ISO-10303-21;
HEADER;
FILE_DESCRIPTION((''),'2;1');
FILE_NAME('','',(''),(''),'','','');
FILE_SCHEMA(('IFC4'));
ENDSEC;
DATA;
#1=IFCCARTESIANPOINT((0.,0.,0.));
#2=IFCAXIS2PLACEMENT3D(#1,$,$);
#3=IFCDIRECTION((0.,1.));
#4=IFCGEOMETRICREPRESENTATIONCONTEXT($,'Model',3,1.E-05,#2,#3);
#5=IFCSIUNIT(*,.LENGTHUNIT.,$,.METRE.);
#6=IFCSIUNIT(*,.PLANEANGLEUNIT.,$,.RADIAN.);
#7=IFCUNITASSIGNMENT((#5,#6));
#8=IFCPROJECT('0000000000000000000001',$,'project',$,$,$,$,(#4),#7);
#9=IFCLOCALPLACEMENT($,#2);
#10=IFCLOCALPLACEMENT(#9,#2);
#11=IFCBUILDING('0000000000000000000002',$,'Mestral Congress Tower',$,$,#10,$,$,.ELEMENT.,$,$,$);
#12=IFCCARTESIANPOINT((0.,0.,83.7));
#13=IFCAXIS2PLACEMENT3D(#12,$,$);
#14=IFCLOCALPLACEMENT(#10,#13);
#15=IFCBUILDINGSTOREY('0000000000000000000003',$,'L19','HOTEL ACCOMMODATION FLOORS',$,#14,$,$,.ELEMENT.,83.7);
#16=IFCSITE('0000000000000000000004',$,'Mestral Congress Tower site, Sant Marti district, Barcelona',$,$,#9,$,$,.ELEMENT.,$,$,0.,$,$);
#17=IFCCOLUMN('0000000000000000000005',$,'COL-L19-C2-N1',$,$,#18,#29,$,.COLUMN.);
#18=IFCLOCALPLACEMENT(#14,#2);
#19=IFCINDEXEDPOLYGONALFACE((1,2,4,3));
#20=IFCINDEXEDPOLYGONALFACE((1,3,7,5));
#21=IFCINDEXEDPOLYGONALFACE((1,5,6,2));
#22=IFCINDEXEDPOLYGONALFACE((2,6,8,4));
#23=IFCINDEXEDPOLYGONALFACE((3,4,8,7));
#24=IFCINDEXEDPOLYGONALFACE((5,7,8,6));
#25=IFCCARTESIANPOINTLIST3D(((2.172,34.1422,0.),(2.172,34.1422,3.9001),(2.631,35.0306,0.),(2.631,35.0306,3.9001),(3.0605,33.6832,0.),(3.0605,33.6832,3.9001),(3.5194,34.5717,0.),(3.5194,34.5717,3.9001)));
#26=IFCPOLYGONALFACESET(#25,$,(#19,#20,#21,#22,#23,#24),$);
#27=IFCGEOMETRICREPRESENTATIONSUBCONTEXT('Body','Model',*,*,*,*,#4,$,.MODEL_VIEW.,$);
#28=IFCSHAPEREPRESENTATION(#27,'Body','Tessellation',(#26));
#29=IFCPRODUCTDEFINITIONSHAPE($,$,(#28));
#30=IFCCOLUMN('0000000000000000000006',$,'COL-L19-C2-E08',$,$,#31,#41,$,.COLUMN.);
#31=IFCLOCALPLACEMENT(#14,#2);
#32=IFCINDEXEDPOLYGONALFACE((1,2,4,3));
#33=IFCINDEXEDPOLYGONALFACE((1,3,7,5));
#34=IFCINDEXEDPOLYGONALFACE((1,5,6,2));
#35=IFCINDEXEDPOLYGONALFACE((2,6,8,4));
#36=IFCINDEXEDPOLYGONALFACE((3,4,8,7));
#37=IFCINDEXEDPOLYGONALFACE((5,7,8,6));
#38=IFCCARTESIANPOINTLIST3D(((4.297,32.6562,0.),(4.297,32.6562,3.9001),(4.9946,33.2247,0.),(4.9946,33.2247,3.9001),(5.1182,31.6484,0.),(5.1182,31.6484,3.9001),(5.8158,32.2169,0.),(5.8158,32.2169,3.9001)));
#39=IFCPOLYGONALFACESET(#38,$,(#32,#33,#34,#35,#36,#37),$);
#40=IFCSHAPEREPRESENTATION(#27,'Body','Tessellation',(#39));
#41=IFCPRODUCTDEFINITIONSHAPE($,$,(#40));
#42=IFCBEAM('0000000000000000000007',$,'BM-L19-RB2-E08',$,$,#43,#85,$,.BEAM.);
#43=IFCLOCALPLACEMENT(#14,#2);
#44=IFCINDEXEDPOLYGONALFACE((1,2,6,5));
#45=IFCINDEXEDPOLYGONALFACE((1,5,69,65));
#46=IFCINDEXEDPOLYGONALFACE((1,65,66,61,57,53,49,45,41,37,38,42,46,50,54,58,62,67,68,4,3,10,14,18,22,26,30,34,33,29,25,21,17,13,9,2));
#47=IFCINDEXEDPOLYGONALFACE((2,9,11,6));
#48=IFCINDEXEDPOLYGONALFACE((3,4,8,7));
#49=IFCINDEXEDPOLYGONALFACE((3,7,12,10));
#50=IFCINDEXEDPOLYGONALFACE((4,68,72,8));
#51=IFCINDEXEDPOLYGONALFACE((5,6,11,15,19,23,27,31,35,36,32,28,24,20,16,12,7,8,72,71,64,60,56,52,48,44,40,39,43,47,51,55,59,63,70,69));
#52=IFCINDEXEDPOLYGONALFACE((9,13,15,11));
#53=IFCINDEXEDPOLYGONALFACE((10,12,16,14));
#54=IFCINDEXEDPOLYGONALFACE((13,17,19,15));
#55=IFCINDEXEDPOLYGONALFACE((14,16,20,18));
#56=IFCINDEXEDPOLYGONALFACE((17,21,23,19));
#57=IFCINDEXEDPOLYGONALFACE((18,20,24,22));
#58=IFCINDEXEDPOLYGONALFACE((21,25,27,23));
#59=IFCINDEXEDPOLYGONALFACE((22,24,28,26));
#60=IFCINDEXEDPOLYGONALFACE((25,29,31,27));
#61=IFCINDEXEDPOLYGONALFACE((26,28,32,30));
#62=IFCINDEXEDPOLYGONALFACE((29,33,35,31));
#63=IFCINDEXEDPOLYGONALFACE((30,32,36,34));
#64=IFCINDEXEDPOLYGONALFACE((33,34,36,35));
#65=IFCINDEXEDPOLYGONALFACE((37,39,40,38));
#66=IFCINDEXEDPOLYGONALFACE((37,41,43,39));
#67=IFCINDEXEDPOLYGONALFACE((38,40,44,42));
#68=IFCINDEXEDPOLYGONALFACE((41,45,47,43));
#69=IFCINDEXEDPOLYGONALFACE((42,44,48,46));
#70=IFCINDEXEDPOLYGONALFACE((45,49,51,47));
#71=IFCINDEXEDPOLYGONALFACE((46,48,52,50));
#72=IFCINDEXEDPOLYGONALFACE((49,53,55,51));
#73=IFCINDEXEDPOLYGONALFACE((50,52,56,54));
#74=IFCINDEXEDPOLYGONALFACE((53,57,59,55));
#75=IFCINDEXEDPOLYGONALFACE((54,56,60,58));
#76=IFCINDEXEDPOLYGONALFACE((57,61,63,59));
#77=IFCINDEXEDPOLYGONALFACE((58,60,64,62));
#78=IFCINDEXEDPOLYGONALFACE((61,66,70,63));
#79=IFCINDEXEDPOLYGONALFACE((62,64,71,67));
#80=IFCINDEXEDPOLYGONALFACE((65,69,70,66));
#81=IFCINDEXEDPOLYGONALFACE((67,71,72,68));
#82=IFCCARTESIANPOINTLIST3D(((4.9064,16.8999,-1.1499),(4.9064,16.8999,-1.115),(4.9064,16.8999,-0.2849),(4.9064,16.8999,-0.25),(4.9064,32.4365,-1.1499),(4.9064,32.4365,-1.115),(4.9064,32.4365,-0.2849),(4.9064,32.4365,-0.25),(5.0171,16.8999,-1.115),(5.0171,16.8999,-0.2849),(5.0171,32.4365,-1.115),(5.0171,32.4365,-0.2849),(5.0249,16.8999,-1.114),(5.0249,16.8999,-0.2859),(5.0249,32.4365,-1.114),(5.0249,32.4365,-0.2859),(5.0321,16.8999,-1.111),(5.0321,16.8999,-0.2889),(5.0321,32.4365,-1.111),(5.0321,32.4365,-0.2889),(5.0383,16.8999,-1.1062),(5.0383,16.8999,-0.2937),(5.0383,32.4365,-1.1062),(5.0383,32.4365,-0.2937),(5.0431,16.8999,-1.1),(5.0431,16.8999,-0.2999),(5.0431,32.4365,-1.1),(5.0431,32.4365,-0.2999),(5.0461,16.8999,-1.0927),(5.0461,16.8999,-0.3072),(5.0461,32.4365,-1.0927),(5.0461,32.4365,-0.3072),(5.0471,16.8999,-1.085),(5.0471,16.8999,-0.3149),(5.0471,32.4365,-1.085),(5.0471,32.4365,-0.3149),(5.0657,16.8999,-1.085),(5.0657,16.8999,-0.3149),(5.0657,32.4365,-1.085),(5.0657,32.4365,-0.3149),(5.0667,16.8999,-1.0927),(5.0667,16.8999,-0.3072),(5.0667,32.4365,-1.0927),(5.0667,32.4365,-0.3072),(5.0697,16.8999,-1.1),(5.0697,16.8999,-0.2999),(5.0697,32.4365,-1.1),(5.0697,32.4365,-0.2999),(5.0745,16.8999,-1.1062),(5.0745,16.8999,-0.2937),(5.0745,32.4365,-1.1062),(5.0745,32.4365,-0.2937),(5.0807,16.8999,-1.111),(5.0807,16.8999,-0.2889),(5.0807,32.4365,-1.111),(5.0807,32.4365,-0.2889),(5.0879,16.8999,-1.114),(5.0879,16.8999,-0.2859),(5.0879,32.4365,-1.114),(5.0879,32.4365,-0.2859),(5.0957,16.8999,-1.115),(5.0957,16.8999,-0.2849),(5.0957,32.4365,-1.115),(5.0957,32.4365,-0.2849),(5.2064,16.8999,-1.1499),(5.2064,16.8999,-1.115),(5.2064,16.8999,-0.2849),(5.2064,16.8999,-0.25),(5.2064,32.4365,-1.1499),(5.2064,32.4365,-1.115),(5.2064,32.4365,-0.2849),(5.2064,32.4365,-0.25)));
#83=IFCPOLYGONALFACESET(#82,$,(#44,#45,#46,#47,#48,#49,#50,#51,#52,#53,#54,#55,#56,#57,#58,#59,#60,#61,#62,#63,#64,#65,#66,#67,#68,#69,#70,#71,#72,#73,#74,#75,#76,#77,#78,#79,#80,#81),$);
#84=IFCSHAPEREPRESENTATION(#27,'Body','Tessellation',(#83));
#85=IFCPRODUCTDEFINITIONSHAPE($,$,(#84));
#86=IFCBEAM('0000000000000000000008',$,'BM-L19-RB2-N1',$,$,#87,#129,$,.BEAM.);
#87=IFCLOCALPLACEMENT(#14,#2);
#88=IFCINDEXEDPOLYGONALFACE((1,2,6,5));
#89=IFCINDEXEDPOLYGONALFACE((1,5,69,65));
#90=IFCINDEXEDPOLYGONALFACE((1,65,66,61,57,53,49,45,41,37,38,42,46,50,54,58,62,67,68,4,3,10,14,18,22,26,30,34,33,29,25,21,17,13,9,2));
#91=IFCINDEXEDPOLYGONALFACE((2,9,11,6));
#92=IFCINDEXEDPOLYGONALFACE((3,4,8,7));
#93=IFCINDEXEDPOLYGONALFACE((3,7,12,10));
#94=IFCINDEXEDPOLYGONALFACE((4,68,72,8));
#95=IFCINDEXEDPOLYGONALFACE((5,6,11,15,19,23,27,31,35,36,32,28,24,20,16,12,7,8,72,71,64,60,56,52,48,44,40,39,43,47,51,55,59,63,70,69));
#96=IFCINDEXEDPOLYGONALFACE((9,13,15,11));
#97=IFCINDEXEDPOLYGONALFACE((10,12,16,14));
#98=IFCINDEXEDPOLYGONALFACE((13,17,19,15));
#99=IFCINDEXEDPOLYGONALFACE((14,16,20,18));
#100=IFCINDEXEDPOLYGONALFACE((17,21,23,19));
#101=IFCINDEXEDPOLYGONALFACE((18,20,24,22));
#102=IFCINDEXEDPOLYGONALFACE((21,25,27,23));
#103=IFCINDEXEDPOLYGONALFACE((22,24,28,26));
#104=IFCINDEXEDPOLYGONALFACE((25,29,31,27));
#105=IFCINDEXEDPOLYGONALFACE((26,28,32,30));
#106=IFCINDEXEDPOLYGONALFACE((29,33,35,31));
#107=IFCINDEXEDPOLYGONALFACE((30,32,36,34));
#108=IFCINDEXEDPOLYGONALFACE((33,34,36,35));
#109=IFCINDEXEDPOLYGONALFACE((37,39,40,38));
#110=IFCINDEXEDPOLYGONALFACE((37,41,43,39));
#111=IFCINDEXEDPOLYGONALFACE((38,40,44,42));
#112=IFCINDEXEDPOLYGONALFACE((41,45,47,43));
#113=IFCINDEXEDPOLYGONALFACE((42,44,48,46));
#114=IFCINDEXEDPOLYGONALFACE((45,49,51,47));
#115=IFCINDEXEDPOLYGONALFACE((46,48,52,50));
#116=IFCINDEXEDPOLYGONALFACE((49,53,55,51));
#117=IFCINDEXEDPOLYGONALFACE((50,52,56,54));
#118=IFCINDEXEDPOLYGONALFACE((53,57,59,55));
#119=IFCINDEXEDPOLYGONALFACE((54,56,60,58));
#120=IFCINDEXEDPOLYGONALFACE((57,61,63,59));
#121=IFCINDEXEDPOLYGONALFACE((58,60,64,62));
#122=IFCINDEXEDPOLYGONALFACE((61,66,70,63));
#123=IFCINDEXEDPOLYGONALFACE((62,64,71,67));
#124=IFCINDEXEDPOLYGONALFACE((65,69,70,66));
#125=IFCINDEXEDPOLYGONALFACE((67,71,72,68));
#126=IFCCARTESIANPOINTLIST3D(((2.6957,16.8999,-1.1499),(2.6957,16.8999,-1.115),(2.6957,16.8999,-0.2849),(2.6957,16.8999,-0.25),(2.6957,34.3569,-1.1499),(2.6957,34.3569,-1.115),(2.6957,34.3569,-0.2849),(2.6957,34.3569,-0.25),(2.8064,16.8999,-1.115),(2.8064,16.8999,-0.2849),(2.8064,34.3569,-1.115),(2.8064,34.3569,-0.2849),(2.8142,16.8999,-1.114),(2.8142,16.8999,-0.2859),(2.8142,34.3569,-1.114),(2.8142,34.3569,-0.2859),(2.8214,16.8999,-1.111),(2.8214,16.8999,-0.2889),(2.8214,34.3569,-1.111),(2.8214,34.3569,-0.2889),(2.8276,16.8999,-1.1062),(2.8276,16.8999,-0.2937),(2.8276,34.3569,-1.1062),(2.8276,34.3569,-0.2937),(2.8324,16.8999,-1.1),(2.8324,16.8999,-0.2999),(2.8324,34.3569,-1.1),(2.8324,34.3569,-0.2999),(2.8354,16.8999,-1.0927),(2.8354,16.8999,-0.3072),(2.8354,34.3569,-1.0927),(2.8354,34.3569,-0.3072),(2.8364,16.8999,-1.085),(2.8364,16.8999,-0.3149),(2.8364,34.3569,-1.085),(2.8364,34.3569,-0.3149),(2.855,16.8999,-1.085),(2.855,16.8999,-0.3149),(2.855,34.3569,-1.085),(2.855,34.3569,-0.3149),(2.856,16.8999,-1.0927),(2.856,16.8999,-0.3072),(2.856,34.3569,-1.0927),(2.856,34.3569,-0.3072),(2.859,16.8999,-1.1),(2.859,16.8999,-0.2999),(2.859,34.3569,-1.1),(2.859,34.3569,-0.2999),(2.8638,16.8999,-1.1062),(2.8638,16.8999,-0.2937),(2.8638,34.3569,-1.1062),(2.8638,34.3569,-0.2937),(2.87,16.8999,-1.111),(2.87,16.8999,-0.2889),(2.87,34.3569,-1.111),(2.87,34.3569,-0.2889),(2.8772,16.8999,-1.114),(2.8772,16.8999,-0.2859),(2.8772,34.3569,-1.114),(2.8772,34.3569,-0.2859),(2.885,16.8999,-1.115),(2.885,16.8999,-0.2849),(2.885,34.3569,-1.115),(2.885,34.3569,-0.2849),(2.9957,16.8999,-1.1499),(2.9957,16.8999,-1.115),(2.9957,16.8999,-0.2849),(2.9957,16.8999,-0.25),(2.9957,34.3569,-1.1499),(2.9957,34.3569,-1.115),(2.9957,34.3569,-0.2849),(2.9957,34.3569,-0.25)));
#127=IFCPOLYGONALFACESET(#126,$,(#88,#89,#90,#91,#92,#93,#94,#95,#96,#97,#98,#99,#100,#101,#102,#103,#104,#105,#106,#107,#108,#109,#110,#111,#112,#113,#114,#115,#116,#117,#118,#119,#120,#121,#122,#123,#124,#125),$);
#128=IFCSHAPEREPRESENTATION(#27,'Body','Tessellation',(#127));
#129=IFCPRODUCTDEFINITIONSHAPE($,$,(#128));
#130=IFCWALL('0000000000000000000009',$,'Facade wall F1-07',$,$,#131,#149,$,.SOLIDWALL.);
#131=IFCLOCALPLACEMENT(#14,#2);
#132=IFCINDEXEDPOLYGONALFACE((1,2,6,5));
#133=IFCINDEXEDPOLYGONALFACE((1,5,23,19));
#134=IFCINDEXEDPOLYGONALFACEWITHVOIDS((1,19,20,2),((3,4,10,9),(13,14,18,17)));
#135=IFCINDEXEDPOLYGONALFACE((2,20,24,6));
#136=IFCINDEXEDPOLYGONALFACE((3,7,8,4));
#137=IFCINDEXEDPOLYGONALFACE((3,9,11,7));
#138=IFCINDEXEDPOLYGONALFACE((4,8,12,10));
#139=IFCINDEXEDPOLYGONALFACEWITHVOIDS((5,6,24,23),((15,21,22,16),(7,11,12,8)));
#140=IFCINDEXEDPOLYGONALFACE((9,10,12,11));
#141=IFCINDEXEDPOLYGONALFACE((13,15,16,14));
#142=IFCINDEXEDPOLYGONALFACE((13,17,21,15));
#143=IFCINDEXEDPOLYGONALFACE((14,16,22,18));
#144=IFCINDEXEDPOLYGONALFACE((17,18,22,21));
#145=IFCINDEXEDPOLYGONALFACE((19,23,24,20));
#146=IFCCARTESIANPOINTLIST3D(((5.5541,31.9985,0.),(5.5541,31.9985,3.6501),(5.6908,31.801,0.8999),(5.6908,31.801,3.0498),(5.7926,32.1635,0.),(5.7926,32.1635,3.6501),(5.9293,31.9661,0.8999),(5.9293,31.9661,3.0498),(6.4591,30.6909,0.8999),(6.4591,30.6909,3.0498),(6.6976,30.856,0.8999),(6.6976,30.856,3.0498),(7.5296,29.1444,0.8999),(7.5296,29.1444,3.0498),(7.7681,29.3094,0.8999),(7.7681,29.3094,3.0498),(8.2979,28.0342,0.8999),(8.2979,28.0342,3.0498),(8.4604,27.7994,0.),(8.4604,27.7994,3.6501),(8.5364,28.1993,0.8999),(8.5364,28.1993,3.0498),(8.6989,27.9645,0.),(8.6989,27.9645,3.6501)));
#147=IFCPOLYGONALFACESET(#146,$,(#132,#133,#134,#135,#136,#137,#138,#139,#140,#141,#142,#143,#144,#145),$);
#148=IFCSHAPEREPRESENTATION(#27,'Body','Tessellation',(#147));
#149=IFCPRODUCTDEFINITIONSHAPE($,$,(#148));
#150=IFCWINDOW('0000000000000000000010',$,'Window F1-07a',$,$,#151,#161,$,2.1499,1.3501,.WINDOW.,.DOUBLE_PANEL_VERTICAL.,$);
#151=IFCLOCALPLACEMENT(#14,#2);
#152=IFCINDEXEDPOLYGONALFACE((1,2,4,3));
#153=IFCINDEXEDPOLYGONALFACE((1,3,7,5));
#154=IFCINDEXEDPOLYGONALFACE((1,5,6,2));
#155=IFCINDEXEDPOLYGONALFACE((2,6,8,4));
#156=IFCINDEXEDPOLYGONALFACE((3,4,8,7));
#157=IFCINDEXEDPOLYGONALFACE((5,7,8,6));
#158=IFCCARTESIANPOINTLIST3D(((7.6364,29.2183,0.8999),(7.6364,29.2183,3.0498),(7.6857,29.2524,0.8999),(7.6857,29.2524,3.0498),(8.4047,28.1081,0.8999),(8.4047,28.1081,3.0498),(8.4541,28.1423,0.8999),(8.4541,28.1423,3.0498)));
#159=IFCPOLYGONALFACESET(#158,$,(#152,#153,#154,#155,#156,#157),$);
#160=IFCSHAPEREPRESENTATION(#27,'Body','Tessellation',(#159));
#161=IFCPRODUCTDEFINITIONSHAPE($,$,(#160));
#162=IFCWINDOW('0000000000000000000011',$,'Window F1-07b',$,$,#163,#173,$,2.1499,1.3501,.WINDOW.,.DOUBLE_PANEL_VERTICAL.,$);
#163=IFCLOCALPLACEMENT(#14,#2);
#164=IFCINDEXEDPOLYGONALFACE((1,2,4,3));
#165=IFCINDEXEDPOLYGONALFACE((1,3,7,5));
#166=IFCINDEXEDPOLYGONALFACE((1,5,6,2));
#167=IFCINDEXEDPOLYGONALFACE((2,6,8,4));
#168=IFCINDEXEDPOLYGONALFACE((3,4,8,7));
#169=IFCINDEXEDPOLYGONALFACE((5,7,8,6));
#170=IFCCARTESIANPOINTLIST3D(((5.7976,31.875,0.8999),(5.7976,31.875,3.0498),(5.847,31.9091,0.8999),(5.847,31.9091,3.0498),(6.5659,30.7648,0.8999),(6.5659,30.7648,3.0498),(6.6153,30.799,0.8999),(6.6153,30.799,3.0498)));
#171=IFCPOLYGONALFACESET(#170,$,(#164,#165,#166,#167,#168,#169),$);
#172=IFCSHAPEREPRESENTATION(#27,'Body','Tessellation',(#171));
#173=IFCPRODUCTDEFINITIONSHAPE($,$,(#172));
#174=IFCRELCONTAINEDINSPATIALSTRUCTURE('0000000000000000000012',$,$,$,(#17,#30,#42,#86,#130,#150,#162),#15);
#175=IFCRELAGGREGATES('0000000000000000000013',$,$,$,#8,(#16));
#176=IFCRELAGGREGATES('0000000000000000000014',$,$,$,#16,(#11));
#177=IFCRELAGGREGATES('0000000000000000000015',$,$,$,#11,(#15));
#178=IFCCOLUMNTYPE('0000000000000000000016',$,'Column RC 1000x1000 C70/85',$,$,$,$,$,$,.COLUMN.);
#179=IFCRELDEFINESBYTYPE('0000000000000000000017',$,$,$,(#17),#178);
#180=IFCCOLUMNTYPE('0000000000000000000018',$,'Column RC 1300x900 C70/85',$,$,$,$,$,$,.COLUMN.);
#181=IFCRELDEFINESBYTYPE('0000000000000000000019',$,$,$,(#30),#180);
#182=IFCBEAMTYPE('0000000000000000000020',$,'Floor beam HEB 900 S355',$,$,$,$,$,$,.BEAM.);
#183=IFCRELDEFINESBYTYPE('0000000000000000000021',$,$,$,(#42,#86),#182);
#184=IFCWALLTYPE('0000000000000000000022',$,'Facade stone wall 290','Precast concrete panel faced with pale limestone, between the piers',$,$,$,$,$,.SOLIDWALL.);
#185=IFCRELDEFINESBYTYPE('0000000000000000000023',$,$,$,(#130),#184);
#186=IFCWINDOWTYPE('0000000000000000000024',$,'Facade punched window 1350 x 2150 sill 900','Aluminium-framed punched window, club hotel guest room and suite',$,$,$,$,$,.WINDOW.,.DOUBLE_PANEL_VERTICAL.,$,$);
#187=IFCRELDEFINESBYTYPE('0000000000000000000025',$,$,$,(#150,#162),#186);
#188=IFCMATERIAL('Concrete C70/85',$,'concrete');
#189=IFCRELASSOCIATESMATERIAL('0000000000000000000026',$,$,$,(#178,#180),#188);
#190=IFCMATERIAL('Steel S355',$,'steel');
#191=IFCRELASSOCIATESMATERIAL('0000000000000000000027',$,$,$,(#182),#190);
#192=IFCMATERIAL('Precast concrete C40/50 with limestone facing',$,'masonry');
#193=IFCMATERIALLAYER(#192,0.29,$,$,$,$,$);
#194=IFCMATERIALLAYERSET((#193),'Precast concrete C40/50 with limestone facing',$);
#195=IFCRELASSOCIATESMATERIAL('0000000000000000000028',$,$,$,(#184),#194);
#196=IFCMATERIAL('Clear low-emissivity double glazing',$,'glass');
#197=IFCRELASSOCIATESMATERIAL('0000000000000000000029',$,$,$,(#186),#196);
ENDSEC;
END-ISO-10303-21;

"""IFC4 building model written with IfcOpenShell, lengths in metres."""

from ifc_helpers import new_model, si_unit, direction, frame, frame_2d, origin, origin_2d, place, context, subcontext, project, spatial, rectangle, i_section, extrude, material, layer, layer_set, material_profile, profile_set, type_object, element, fill, save


model = new_model("IFC4")

# Units and contexts
model_context = context("Model", 3, precision=1e-05, world=origin(), true_north=direction((0.0, 1.0)))
body_context = subcontext(model_context, "Body", "Model", "MODEL_VIEW")
ifc_project = project(units=[si_unit("LENGTHUNIT", "METRE"), si_unit("PLANEANGLEUNIT", "RADIAN")], contexts=[model_context])

# Site, building, storey
site_placement = place(None, origin())
site = spatial("IfcSite", under=ifc_project, at=site_placement, Name="Mestral Congress Tower site, Sant Marti district, Barcelona", CompositionType="ELEMENT", RefElevation=0.0)
building_placement = place(site_placement, origin())
building = spatial("IfcBuilding", under=site, at=building_placement, Name="Mestral Congress Tower", CompositionType="ELEMENT")
storey_placement = place(building_placement, frame((0.0, 0.0, 83.7)))
storey = spatial("IfcBuildingStorey", under=building, at=storey_placement, Name="L19", Description="HOTEL ACCOMMODATION FLOORS", CompositionType="ELEMENT", Elevation=83.7)

# Columns
ifc_material_1 = material(Name="Concrete C70/85", Category="concrete")
ifc_material_profile_1 = material_profile(ifc_material_1, rectangle(XDim=1.0, YDim=1.0, at=origin_2d()), Name="RC 1000x1000")
ifc_profile_set_1 = profile_set([ifc_material_profile_1], Name="Concrete C70/85")
column_type_1 = type_object("IfcColumnType", Name="Column RC 1000x1000 C70/85", PredefinedType="COLUMN", material=ifc_profile_set_1)
column_1_placement = place(storey_placement, frame((2.8457, 34.3569, 0.0), z_axis=(0.0, 0.0, 1.0), x_axis=(-0.888456, 0.458961, 0.0)))
element("IfcColumn", 1, at=column_1_placement, inside=storey, type_object=column_type_1, Name="COL-L19-C2-N1", PredefinedType="COLUMN", context=body_context, shape_type="SweptSolid", body=[
    extrude(rectangle(XDim=1.0, YDim=1.0, at=origin_2d()), origin(), (0.0, 0.0, 1.0), 3.9001),
])
ifc_material_profile_2 = material_profile(ifc_material_1, rectangle(XDim=1.3, YDim=0.8999, at=origin_2d()), Name="RC 1300x900")
ifc_profile_set_2 = profile_set([ifc_material_profile_2], Name="Concrete C70/85")
column_type_2 = type_object("IfcColumnType", Name="Column RC 1300x900 C70/85", PredefinedType="COLUMN", material=ifc_profile_set_2)
column_2_placement = place(storey_placement, frame((5.0564, 32.4365, 0.0), z_axis=(0.0, 0.0, 1.0), x_axis=(-0.631709, 0.775206, 0.0)))
element("IfcColumn", 2, at=column_2_placement, inside=storey, type_object=column_type_2, Name="COL-L19-C2-E08", PredefinedType="COLUMN", context=body_context, shape_type="SweptSolid", body=[
    extrude(rectangle(XDim=1.3, YDim=0.8999, at=origin_2d()), origin(), (0.0, 0.0, 1.0), 3.9001),
])

# Beams
ifc_material_2 = material(Name="Steel S355", Category="steel")
ifc_material_profile_3 = material_profile(ifc_material_2, i_section(OverallWidth=0.3, OverallDepth=0.8999, WebThickness=0.0186, FlangeThickness=0.0349, FilletRadius=0.03, at=origin_2d()), Name="HEB 900")
ifc_profile_set_3 = profile_set([ifc_material_profile_3], Name="Steel S355")
beam_type = type_object("IfcBeamType", Name="Floor beam HEB 900 S355", PredefinedType="BEAM", material=ifc_profile_set_3)
beam_1_placement = place(storey_placement, frame((5.0564, 32.4365, -0.7), z_axis=(0.0, -1.0, 0.0), x_axis=(1.0, 0.0, 0.0)))
element("IfcBeam", 3, at=beam_1_placement, inside=storey, type_object=beam_type, Name="BM-L19-RB2-E08", PredefinedType="BEAM", context=body_context, shape_type="SweptSolid", body=[
    extrude(i_section(OverallWidth=0.3, OverallDepth=0.8999, WebThickness=0.0186, FlangeThickness=0.0349, FilletRadius=0.03, at=origin_2d()), origin(), (0.0, 0.0, 1.0), 15.5366),
])
beam_2_placement = place(storey_placement, frame((2.8457, 34.3569, -0.7), z_axis=(0.0, -1.0, 0.0), x_axis=(1.0, 0.0, 0.0)))
element("IfcBeam", 4, at=beam_2_placement, inside=storey, type_object=beam_type, Name="BM-L19-RB2-N1", PredefinedType="BEAM", context=body_context, shape_type="SweptSolid", body=[
    extrude(i_section(OverallWidth=0.3, OverallDepth=0.8999, WebThickness=0.0186, FlangeThickness=0.0349, FilletRadius=0.03, at=origin_2d()), origin(), (0.0, 0.0, 1.0), 17.457),
])

# Wall, openings, windows
ifc_material_3 = material(Name="Precast concrete C40/50 with limestone facing", Category="masonry")
ifc_layer_1 = layer(ifc_material_3, 0.29)
ifc_layer_set_1 = layer_set([ifc_layer_1], Name="Precast concrete C40/50 with limestone facing")
wall_type_1 = type_object("IfcWallType", Name="Facade stone wall 290", Description="Precast concrete panel faced with pale limestone, between the piers", PredefinedType="SOLIDWALL", material=ifc_layer_set_1)
wall_1_placement = place(storey_placement, frame((8.5796, 27.8821, 0.0), z_axis=(0.0, 0.0, 1.0), x_axis=(-0.569113, 0.822259, 0.0)))
wall_1 = element("IfcWall", 5, at=wall_1_placement, inside=storey, type_object=wall_type_1, Name="Facade wall F1-07", PredefinedType="SOLIDWALL", context=body_context, shape_type="SweptSolid", body=[
    extrude(rectangle(XDim=5.1067, YDim=0.29, at=frame_2d((2.5532, 0.0))), origin(), (0.0, 0.0, 1.0), 3.6501),
])
opening_1_placement = place(wall_1_placement, frame((0.2854, 0.0, 0.8999)))
opening_1 = element("IfcOpeningElement", 6, at=opening_1_placement, cuts=wall_1, PredefinedType="OPENING", context=body_context, shape_type="SweptSolid", body=[
    extrude(rectangle(XDim=1.3501, YDim=2.1499, at=frame_2d((0.675, 1.075))), frame((0.0, 0.155, 0.0), z_axis=(0.0, -1.0, 0.0), x_axis=(1.0, 0.0, 0.0)), (0.0, 0.0, 1.0), 0.3101),
])
opening_2_placement = place(wall_1_placement, frame((3.5164, 0.0, 0.8999)))
opening_2 = element("IfcOpeningElement", 7, at=opening_2_placement, cuts=wall_1, PredefinedType="OPENING", context=body_context, shape_type="SweptSolid", body=[
    extrude(rectangle(XDim=1.3501, YDim=2.1499, at=frame_2d((0.675, 1.075))), frame((0.0, 0.155, 0.0), z_axis=(0.0, -1.0, 0.0), x_axis=(1.0, 0.0, 0.0)), (0.0, 0.0, 1.0), 0.3101),
])
ifc_material_4 = material(Name="Clear low-emissivity double glazing", Category="glass")
window_type_1 = type_object("IfcWindowType", Name="Facade punched window 1350 x 2150 sill 900", Description="Aluminium-framed punched window, club hotel guest room and suite", PartitioningType="DOUBLE_PANEL_VERTICAL", PredefinedType="WINDOW", material=ifc_material_4)
window_1_placement = place(opening_1_placement, origin())
window_1 = element("IfcWindow", 8, at=window_1_placement, inside=storey, type_object=window_type_1, Name="Window F1-07a", OverallHeight=2.1499, OverallWidth=1.3501, PartitioningType="DOUBLE_PANEL_VERTICAL", PredefinedType="WINDOW", context=body_context, shape_type="SweptSolid", body=[
    extrude(rectangle(XDim=1.3501, YDim=2.1499, at=frame_2d((0.675, 1.075))), frame((0.0, 0.0151, 0.0), z_axis=(0.0, -1.0, 0.0), x_axis=(1.0, 0.0, 0.0)), (0.0, 0.0, 1.0), 0.0601),
])
fill(opening_1, window_1)
window_2_placement = place(opening_2_placement, origin())
window_2 = element("IfcWindow", 9, at=window_2_placement, inside=storey, type_object=window_type_1, Name="Window F1-07b", OverallHeight=2.1499, OverallWidth=1.3501, PartitioningType="DOUBLE_PANEL_VERTICAL", PredefinedType="WINDOW", context=body_context, shape_type="SweptSolid", body=[
    extrude(rectangle(XDim=1.3501, YDim=2.1499, at=frame_2d((0.675, 1.075))), frame((0.0, 0.0151, 0.0), z_axis=(0.0, -1.0, 0.0), x_axis=(1.0, 0.0, 0.0)), (0.0, 0.0, 1.0), 0.0601),
])
fill(opening_2, window_2)

save(model, "model.ifc")
